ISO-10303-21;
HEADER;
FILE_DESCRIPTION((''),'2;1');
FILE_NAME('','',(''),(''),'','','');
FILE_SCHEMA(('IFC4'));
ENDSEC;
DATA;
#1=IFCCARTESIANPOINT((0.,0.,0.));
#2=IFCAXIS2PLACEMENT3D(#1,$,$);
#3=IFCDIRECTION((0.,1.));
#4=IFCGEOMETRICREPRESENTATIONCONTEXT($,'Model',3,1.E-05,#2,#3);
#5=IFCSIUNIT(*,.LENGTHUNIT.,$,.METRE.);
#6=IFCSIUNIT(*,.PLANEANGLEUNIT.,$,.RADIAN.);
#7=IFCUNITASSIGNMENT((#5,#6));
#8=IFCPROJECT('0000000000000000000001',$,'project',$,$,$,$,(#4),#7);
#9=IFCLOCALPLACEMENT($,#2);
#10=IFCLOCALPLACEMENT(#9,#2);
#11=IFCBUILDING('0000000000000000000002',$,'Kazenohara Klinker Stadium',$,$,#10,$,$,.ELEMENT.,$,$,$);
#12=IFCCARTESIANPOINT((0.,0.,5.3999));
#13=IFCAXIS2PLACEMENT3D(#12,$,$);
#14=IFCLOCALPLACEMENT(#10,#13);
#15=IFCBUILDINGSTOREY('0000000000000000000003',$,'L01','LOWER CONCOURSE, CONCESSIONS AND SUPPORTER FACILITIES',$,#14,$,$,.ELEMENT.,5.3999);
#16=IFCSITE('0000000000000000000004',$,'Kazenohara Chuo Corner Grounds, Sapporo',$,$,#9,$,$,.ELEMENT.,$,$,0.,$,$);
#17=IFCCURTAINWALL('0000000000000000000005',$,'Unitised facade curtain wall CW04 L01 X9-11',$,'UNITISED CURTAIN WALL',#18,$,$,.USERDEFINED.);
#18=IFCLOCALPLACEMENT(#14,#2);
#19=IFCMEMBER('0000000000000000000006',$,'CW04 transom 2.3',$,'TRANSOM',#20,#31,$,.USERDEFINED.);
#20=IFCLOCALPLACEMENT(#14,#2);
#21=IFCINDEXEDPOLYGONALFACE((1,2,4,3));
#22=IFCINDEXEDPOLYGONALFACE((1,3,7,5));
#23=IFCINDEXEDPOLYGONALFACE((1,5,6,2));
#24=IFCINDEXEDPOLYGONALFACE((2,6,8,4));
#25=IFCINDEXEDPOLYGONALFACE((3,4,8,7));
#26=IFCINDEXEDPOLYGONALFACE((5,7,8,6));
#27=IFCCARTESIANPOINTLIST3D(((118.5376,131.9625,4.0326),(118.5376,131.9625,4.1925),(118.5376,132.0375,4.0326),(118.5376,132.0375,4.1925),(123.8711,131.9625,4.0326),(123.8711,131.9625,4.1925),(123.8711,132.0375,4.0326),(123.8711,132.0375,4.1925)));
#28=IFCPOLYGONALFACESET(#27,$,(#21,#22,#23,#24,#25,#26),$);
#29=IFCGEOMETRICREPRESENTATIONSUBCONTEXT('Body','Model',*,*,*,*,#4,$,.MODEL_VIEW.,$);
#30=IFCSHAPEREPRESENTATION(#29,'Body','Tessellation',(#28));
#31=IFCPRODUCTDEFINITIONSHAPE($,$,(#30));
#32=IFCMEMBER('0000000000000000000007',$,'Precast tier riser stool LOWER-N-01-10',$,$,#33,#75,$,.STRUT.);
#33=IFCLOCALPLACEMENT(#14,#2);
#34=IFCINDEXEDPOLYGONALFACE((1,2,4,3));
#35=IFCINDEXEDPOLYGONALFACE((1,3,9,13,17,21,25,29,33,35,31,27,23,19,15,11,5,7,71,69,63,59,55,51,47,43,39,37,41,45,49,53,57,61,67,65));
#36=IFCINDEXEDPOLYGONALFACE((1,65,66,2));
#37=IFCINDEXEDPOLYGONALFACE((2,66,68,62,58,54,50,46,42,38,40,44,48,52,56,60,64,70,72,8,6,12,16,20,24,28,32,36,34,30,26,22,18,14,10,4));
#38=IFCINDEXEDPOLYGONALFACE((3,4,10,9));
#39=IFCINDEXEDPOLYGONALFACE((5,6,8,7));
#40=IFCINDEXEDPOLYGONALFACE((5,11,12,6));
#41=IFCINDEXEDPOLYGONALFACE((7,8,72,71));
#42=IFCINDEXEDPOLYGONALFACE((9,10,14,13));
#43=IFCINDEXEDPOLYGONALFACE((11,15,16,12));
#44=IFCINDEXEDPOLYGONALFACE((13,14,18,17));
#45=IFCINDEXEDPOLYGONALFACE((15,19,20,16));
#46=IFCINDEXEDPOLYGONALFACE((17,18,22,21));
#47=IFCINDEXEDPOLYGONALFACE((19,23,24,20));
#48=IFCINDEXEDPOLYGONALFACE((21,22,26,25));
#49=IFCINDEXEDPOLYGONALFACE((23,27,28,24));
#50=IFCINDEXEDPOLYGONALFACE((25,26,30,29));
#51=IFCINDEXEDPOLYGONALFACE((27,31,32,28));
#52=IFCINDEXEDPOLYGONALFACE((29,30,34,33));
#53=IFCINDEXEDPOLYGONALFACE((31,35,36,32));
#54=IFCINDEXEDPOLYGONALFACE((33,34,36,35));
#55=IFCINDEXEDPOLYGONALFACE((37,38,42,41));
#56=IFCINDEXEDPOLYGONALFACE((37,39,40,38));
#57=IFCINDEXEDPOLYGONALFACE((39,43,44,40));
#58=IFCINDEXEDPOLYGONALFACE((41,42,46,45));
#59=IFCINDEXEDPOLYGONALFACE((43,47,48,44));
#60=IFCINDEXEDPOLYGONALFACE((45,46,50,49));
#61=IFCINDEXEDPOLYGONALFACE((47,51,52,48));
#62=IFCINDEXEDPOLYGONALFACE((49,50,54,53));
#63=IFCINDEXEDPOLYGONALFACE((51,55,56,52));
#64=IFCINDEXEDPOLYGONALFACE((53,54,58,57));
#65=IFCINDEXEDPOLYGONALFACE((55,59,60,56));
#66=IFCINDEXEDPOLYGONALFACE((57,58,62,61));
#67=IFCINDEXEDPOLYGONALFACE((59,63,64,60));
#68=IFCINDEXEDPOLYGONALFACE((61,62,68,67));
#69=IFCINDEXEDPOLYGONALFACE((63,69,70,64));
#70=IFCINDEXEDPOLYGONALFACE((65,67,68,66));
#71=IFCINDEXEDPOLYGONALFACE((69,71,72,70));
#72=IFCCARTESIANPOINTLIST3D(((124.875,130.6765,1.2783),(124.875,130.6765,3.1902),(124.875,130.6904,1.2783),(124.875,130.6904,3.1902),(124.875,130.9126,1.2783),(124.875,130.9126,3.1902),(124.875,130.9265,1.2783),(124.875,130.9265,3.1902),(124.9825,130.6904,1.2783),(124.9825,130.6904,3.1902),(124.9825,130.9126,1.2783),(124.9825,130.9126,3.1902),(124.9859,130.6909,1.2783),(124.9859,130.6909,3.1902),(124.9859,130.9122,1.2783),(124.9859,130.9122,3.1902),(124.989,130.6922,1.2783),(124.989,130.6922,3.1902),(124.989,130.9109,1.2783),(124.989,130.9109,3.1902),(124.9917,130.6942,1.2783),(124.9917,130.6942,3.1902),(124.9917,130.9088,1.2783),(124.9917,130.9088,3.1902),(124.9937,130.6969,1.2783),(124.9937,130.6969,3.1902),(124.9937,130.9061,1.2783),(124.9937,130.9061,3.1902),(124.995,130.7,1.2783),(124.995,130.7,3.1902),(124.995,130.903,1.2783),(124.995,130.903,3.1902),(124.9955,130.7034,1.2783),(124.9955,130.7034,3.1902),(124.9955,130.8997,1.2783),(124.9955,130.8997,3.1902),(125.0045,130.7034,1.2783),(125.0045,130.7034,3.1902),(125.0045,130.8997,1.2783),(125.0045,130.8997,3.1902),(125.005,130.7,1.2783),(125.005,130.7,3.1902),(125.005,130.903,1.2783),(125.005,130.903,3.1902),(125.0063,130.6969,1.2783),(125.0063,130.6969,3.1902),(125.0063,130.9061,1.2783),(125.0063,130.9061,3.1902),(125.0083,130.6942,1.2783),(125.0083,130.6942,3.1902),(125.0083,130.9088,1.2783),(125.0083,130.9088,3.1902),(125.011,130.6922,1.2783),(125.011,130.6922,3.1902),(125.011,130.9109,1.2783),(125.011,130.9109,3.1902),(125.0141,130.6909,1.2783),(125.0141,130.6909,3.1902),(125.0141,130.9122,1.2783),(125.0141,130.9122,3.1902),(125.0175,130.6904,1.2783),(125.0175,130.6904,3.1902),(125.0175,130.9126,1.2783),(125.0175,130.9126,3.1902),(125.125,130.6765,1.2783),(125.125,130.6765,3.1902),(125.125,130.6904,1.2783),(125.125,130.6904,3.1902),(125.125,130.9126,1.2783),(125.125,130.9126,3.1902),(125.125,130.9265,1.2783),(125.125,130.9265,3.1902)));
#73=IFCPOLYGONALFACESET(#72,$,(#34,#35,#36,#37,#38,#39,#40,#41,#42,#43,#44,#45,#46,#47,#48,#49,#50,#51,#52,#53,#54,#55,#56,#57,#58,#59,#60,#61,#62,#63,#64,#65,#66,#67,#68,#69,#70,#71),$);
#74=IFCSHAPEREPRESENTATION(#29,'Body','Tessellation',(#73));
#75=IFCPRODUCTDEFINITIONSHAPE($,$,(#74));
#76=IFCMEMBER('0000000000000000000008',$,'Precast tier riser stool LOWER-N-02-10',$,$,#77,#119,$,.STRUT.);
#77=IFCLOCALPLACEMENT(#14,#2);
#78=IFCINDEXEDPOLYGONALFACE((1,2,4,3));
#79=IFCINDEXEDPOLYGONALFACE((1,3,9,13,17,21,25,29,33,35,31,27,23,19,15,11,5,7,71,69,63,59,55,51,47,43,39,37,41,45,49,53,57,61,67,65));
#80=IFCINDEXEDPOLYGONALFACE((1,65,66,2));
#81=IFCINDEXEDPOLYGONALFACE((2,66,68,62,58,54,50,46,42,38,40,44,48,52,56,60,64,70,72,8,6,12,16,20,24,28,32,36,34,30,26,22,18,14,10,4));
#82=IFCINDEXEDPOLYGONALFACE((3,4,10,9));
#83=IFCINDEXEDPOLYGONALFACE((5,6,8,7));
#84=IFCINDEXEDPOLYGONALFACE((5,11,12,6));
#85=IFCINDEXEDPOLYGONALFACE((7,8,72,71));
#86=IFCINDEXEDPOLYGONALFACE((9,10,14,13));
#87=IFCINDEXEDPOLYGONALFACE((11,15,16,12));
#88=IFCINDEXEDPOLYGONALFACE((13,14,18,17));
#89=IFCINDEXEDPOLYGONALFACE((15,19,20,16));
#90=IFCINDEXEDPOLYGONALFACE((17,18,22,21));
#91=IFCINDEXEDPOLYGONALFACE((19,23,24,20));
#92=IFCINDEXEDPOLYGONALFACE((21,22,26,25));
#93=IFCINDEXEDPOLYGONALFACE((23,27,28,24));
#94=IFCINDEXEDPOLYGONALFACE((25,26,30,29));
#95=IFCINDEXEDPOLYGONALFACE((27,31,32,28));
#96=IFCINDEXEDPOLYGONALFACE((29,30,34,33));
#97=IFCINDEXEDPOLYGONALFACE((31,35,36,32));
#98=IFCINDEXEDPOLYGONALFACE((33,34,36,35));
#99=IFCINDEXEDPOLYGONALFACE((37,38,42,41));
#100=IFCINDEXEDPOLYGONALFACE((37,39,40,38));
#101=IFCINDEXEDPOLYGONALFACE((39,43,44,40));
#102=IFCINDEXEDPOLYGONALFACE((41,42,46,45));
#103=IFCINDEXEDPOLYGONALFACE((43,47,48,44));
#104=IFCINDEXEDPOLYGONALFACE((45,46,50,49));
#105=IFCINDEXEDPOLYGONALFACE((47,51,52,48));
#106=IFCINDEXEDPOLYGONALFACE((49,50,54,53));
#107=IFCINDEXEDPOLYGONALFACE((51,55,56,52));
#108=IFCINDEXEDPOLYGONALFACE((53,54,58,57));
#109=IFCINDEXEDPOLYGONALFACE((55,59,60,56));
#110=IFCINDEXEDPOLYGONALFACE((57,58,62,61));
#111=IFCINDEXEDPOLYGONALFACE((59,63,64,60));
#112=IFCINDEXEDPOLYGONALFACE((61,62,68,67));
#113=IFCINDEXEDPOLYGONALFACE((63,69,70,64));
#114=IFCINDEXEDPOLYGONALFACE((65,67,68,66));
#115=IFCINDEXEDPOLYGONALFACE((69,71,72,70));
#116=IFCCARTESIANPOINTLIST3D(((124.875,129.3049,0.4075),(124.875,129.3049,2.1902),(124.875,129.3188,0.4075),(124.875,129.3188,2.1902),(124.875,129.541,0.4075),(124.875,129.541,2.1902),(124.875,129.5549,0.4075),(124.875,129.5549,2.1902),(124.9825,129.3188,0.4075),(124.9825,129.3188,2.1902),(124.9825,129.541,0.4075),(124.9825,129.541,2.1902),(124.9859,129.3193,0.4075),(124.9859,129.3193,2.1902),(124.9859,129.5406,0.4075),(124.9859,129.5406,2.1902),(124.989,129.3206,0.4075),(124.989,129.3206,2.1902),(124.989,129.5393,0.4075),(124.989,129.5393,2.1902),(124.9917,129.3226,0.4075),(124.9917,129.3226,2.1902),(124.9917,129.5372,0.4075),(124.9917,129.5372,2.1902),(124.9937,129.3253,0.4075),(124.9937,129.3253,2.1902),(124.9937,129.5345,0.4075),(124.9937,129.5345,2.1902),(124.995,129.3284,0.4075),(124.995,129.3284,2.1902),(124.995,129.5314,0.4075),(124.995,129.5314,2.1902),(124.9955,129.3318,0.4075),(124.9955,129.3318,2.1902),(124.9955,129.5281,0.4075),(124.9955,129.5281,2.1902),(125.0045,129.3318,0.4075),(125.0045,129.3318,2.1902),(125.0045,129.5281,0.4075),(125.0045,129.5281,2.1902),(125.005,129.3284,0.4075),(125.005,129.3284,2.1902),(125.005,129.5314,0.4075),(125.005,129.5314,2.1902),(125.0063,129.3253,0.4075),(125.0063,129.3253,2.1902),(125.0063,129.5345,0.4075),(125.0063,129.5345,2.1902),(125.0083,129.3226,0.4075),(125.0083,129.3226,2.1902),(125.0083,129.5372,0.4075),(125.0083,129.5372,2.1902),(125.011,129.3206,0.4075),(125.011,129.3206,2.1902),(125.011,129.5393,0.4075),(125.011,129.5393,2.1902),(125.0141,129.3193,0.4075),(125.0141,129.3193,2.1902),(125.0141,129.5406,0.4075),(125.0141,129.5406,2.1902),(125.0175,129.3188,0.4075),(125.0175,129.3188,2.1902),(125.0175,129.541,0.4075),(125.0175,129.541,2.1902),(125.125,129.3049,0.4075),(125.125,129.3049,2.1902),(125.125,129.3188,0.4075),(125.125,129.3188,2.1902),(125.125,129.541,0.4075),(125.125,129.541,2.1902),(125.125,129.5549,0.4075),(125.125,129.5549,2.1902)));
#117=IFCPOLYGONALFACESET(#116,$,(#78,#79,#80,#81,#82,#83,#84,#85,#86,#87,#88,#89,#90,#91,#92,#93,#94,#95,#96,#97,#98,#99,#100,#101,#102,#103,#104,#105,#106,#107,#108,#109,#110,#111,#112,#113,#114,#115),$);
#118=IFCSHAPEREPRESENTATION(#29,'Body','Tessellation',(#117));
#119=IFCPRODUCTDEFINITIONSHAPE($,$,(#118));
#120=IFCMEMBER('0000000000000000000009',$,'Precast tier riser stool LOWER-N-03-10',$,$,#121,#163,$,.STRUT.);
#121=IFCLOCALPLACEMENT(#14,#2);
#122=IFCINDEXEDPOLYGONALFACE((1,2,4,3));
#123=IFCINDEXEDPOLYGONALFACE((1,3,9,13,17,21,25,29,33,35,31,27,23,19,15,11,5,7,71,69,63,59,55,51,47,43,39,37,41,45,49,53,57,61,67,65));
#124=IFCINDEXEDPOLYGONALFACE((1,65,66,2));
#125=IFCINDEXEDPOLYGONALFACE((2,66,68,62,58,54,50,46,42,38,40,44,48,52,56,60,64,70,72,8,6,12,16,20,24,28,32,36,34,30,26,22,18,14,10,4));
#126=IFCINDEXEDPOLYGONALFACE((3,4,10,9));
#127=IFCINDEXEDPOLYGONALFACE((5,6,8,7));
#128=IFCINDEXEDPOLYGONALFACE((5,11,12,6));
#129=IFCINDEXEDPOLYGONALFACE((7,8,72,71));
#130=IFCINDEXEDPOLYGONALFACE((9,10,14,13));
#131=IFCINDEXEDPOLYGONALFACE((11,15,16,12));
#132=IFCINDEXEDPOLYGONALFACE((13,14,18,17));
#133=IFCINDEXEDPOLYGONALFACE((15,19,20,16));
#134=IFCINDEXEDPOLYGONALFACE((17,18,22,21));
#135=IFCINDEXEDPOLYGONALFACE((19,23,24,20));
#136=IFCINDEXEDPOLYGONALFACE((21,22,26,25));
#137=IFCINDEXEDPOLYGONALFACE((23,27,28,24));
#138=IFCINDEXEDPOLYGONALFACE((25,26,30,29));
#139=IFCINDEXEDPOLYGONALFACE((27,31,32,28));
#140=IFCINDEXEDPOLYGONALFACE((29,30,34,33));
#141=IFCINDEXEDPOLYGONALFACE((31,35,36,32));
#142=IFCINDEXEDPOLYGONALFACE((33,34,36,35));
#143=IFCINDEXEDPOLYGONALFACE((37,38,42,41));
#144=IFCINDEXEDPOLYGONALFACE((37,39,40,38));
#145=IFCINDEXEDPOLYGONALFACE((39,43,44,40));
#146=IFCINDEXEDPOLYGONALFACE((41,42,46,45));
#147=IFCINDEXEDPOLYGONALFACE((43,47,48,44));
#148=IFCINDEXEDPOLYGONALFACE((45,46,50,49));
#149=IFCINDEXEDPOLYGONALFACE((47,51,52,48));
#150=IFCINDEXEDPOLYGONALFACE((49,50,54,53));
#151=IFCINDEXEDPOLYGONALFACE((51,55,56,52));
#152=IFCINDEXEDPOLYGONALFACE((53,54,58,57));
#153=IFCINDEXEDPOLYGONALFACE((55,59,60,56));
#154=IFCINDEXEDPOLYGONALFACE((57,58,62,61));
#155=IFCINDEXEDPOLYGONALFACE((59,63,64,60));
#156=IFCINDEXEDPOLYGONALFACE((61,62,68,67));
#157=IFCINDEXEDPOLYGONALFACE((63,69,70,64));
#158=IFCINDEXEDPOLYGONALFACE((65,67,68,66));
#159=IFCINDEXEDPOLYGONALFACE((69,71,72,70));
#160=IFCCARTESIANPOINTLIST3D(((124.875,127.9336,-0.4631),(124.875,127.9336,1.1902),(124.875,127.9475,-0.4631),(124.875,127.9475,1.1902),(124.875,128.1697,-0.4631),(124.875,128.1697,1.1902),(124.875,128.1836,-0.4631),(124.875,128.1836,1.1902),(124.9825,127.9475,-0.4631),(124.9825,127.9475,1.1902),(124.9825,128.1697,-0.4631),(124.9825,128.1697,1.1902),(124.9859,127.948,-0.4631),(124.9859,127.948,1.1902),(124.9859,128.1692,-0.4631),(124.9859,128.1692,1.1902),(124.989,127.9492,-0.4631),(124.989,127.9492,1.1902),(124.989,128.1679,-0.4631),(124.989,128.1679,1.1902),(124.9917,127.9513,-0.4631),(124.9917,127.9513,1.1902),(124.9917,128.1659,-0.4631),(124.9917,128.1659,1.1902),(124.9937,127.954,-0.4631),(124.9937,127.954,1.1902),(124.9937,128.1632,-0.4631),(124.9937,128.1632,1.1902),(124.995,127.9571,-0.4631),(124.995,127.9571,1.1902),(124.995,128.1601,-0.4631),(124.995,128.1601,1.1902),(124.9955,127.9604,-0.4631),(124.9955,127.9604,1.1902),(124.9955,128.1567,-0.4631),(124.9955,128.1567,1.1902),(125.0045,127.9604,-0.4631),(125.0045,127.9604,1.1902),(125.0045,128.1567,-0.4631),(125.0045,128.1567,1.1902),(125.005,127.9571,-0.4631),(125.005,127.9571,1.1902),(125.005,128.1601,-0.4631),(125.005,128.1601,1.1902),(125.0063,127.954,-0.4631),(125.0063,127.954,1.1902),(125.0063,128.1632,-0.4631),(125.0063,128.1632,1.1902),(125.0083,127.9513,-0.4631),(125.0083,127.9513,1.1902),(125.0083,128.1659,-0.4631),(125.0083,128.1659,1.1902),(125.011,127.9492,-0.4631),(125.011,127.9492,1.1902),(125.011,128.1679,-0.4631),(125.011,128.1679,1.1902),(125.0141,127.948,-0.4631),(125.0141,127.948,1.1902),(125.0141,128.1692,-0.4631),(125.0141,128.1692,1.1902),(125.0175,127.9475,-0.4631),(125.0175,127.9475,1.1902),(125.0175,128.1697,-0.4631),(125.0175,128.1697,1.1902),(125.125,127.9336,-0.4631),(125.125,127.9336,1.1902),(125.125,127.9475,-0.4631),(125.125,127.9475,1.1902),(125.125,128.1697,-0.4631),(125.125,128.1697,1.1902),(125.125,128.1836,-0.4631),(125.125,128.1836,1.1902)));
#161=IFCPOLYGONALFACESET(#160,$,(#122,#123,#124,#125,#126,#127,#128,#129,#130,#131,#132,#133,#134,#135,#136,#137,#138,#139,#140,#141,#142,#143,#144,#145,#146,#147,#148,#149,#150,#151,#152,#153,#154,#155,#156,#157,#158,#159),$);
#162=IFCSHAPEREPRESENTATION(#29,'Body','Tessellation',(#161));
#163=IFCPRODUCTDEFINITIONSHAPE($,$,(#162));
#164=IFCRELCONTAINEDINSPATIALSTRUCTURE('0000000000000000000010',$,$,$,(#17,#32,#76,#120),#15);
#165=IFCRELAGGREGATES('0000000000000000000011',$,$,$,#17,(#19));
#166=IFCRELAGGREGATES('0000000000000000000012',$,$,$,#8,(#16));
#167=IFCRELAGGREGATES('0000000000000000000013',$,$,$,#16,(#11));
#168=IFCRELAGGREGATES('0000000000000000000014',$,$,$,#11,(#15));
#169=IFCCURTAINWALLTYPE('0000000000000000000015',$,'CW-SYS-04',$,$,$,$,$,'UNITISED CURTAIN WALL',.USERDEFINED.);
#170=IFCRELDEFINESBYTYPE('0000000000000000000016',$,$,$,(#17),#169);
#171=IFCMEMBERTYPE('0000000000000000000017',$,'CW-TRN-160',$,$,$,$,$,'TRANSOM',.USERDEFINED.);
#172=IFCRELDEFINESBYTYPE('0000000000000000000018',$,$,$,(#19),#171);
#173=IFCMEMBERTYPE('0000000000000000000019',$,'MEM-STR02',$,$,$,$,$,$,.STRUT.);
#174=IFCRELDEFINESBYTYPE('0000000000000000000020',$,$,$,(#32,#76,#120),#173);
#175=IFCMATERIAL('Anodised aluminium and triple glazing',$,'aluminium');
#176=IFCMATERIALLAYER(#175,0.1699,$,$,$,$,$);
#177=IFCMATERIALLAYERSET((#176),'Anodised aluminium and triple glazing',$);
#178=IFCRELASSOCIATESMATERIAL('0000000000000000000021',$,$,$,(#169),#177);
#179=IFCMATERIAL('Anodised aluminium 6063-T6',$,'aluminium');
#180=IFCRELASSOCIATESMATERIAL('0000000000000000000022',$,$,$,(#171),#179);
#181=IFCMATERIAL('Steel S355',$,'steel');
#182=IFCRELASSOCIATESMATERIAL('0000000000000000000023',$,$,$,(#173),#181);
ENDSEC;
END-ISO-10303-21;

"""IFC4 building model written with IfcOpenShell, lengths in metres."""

from ifc_helpers import new_model, si_unit, direction, frame, origin, origin_2d, place, context, subcontext, project, spatial, rectangle, i_section, extrude, material, layer, layer_set, material_profile, profile_set, type_object, element, aggregate, save


model = new_model("IFC4")

# Units and contexts
model_context = context("Model", 3, precision=1e-05, world=origin(), true_north=direction((0.0, 1.0)))
body_context = subcontext(model_context, "Body", "Model", "MODEL_VIEW")
ifc_project = project(units=[si_unit("LENGTHUNIT", "METRE"), si_unit("PLANEANGLEUNIT", "RADIAN")], contexts=[model_context])

# Site, building, storey
site_placement = place(None, origin())
site = spatial("IfcSite", under=ifc_project, at=site_placement, Name="Kazenohara Chuo Corner Grounds, Sapporo", CompositionType="ELEMENT", RefElevation=0.0)
building_placement = place(site_placement, origin())
building = spatial("IfcBuilding", under=site, at=building_placement, Name="Kazenohara Klinker Stadium", CompositionType="ELEMENT")
storey_placement = place(building_placement, frame((0.0, 0.0, 5.3999)))
storey = spatial("IfcBuildingStorey", under=building, at=storey_placement, Name="L01", Description="LOWER CONCOURSE, CONCESSIONS AND SUPPORTER FACILITIES", CompositionType="ELEMENT", Elevation=5.3999)

# Shared definitions
ifc_material_1 = material(Name="Steel S355", Category="steel")

# Shared definitions
ifc_material_2 = material(Name="Anodised aluminium and triple glazing", Category="aluminium")
ifc_material_3 = material(Name="Anodised aluminium 6063-T6", Category="aluminium")

# Curtain wall
ifc_layer_1 = layer(ifc_material_2, 0.1699)
ifc_layer_set_1 = layer_set([ifc_layer_1], Name="Anodised aluminium and triple glazing")
curtain_wall_type_1 = type_object("IfcCurtainWallType", Name="CW-SYS-04", ElementType="UNITISED CURTAIN WALL", PredefinedType="USERDEFINED", material=ifc_layer_set_1)
curtain_wall_1_placement = place(storey_placement, origin())
curtain_wall_1 = element("IfcCurtainWall", 1, at=curtain_wall_1_placement, inside=storey, type_object=curtain_wall_type_1, Name="Unitised facade curtain wall CW04 L01 X9-11", ObjectType="UNITISED CURTAIN WALL", PredefinedType="USERDEFINED")

# Member
ifc_material_profile_1 = material_profile(ifc_material_3, rectangle(XDim=0.075, YDim=0.1599, at=origin_2d()), Name="ALU-TRN-75x160")
ifc_profile_set_1 = profile_set([ifc_material_profile_1], Name="Anodised aluminium 6063-T6")
member_type_1 = type_object("IfcMemberType", Name="CW-TRN-160", ElementType="TRANSOM", PredefinedType="USERDEFINED", material=ifc_profile_set_1)
member_1_placement = place(storey_placement, frame((118.5376, 132.0, 4.1125), z_axis=(1.0, 0.0, 0.0), x_axis=(0.0, 1.0, 0.0)))
member_1 = element("IfcMember", 2, at=member_1_placement, type_object=member_type_1, Name="CW04 transom 2.3", ObjectType="TRANSOM", PredefinedType="USERDEFINED", context=body_context, shape_type="SweptSolid", body=[
    extrude(rectangle(XDim=0.075, YDim=0.1599, at=origin_2d()), origin(), (0.0, 0.0, 1.0), 5.3335),
])

# Members
ifc_material_profile_2 = material_profile(ifc_material_1, i_section(OverallWidth=0.25, OverallDepth=0.25, WebThickness=0.009, FlangeThickness=0.0139, FilletRadius=0.0129, at=origin_2d()), Name="H-250x250x9x14")
ifc_profile_set_2 = profile_set([ifc_material_profile_2], Name="Steel S355")
member_type_2 = type_object("IfcMemberType", Name="MEM-STR02", PredefinedType="STRUT", material=ifc_profile_set_2)
member_2_placement = place(storey_placement, frame((125.0, 130.8015, 1.2783), z_axis=(0.0, 0.0, 1.0), x_axis=(1.0, 0.0, 0.0)))
element("IfcMember", 3, at=member_2_placement, inside=storey, type_object=member_type_2, Name="Precast tier riser stool LOWER-N-01-10", PredefinedType="STRUT", context=body_context, shape_type="SweptSolid", body=[
    extrude(i_section(OverallWidth=0.25, OverallDepth=0.25, WebThickness=0.009, FlangeThickness=0.0139, FilletRadius=0.0129, at=origin_2d()), origin(), (0.0, 0.0, 1.0), 1.9119),
])
member_3_placement = place(storey_placement, frame((125.0, 129.4299, 0.4075), z_axis=(0.0, 0.0, 1.0), x_axis=(1.0, 0.0, 0.0)))
element("IfcMember", 4, at=member_3_placement, inside=storey, type_object=member_type_2, Name="Precast tier riser stool LOWER-N-02-10", PredefinedType="STRUT", context=body_context, shape_type="SweptSolid", body=[
    extrude(i_section(OverallWidth=0.25, OverallDepth=0.25, WebThickness=0.009, FlangeThickness=0.0139, FilletRadius=0.0129, at=origin_2d()), origin(), (0.0, 0.0, 1.0), 1.7827),
])
member_4_placement = place(storey_placement, frame((125.0, 128.0586, -0.4631), z_axis=(0.0, 0.0, 1.0), x_axis=(1.0, 0.0, 0.0)))
element("IfcMember", 5, at=member_4_placement, inside=storey, type_object=member_type_2, Name="Precast tier riser stool LOWER-N-03-10", PredefinedType="STRUT", context=body_context, shape_type="SweptSolid", body=[
    extrude(i_section(OverallWidth=0.25, OverallDepth=0.25, WebThickness=0.009, FlangeThickness=0.0139, FilletRadius=0.0129, at=origin_2d()), origin(), (0.0, 0.0, 1.0), 1.6533),
])

aggregate(curtain_wall_1, [member_1])

save(model, "model.ifc")
